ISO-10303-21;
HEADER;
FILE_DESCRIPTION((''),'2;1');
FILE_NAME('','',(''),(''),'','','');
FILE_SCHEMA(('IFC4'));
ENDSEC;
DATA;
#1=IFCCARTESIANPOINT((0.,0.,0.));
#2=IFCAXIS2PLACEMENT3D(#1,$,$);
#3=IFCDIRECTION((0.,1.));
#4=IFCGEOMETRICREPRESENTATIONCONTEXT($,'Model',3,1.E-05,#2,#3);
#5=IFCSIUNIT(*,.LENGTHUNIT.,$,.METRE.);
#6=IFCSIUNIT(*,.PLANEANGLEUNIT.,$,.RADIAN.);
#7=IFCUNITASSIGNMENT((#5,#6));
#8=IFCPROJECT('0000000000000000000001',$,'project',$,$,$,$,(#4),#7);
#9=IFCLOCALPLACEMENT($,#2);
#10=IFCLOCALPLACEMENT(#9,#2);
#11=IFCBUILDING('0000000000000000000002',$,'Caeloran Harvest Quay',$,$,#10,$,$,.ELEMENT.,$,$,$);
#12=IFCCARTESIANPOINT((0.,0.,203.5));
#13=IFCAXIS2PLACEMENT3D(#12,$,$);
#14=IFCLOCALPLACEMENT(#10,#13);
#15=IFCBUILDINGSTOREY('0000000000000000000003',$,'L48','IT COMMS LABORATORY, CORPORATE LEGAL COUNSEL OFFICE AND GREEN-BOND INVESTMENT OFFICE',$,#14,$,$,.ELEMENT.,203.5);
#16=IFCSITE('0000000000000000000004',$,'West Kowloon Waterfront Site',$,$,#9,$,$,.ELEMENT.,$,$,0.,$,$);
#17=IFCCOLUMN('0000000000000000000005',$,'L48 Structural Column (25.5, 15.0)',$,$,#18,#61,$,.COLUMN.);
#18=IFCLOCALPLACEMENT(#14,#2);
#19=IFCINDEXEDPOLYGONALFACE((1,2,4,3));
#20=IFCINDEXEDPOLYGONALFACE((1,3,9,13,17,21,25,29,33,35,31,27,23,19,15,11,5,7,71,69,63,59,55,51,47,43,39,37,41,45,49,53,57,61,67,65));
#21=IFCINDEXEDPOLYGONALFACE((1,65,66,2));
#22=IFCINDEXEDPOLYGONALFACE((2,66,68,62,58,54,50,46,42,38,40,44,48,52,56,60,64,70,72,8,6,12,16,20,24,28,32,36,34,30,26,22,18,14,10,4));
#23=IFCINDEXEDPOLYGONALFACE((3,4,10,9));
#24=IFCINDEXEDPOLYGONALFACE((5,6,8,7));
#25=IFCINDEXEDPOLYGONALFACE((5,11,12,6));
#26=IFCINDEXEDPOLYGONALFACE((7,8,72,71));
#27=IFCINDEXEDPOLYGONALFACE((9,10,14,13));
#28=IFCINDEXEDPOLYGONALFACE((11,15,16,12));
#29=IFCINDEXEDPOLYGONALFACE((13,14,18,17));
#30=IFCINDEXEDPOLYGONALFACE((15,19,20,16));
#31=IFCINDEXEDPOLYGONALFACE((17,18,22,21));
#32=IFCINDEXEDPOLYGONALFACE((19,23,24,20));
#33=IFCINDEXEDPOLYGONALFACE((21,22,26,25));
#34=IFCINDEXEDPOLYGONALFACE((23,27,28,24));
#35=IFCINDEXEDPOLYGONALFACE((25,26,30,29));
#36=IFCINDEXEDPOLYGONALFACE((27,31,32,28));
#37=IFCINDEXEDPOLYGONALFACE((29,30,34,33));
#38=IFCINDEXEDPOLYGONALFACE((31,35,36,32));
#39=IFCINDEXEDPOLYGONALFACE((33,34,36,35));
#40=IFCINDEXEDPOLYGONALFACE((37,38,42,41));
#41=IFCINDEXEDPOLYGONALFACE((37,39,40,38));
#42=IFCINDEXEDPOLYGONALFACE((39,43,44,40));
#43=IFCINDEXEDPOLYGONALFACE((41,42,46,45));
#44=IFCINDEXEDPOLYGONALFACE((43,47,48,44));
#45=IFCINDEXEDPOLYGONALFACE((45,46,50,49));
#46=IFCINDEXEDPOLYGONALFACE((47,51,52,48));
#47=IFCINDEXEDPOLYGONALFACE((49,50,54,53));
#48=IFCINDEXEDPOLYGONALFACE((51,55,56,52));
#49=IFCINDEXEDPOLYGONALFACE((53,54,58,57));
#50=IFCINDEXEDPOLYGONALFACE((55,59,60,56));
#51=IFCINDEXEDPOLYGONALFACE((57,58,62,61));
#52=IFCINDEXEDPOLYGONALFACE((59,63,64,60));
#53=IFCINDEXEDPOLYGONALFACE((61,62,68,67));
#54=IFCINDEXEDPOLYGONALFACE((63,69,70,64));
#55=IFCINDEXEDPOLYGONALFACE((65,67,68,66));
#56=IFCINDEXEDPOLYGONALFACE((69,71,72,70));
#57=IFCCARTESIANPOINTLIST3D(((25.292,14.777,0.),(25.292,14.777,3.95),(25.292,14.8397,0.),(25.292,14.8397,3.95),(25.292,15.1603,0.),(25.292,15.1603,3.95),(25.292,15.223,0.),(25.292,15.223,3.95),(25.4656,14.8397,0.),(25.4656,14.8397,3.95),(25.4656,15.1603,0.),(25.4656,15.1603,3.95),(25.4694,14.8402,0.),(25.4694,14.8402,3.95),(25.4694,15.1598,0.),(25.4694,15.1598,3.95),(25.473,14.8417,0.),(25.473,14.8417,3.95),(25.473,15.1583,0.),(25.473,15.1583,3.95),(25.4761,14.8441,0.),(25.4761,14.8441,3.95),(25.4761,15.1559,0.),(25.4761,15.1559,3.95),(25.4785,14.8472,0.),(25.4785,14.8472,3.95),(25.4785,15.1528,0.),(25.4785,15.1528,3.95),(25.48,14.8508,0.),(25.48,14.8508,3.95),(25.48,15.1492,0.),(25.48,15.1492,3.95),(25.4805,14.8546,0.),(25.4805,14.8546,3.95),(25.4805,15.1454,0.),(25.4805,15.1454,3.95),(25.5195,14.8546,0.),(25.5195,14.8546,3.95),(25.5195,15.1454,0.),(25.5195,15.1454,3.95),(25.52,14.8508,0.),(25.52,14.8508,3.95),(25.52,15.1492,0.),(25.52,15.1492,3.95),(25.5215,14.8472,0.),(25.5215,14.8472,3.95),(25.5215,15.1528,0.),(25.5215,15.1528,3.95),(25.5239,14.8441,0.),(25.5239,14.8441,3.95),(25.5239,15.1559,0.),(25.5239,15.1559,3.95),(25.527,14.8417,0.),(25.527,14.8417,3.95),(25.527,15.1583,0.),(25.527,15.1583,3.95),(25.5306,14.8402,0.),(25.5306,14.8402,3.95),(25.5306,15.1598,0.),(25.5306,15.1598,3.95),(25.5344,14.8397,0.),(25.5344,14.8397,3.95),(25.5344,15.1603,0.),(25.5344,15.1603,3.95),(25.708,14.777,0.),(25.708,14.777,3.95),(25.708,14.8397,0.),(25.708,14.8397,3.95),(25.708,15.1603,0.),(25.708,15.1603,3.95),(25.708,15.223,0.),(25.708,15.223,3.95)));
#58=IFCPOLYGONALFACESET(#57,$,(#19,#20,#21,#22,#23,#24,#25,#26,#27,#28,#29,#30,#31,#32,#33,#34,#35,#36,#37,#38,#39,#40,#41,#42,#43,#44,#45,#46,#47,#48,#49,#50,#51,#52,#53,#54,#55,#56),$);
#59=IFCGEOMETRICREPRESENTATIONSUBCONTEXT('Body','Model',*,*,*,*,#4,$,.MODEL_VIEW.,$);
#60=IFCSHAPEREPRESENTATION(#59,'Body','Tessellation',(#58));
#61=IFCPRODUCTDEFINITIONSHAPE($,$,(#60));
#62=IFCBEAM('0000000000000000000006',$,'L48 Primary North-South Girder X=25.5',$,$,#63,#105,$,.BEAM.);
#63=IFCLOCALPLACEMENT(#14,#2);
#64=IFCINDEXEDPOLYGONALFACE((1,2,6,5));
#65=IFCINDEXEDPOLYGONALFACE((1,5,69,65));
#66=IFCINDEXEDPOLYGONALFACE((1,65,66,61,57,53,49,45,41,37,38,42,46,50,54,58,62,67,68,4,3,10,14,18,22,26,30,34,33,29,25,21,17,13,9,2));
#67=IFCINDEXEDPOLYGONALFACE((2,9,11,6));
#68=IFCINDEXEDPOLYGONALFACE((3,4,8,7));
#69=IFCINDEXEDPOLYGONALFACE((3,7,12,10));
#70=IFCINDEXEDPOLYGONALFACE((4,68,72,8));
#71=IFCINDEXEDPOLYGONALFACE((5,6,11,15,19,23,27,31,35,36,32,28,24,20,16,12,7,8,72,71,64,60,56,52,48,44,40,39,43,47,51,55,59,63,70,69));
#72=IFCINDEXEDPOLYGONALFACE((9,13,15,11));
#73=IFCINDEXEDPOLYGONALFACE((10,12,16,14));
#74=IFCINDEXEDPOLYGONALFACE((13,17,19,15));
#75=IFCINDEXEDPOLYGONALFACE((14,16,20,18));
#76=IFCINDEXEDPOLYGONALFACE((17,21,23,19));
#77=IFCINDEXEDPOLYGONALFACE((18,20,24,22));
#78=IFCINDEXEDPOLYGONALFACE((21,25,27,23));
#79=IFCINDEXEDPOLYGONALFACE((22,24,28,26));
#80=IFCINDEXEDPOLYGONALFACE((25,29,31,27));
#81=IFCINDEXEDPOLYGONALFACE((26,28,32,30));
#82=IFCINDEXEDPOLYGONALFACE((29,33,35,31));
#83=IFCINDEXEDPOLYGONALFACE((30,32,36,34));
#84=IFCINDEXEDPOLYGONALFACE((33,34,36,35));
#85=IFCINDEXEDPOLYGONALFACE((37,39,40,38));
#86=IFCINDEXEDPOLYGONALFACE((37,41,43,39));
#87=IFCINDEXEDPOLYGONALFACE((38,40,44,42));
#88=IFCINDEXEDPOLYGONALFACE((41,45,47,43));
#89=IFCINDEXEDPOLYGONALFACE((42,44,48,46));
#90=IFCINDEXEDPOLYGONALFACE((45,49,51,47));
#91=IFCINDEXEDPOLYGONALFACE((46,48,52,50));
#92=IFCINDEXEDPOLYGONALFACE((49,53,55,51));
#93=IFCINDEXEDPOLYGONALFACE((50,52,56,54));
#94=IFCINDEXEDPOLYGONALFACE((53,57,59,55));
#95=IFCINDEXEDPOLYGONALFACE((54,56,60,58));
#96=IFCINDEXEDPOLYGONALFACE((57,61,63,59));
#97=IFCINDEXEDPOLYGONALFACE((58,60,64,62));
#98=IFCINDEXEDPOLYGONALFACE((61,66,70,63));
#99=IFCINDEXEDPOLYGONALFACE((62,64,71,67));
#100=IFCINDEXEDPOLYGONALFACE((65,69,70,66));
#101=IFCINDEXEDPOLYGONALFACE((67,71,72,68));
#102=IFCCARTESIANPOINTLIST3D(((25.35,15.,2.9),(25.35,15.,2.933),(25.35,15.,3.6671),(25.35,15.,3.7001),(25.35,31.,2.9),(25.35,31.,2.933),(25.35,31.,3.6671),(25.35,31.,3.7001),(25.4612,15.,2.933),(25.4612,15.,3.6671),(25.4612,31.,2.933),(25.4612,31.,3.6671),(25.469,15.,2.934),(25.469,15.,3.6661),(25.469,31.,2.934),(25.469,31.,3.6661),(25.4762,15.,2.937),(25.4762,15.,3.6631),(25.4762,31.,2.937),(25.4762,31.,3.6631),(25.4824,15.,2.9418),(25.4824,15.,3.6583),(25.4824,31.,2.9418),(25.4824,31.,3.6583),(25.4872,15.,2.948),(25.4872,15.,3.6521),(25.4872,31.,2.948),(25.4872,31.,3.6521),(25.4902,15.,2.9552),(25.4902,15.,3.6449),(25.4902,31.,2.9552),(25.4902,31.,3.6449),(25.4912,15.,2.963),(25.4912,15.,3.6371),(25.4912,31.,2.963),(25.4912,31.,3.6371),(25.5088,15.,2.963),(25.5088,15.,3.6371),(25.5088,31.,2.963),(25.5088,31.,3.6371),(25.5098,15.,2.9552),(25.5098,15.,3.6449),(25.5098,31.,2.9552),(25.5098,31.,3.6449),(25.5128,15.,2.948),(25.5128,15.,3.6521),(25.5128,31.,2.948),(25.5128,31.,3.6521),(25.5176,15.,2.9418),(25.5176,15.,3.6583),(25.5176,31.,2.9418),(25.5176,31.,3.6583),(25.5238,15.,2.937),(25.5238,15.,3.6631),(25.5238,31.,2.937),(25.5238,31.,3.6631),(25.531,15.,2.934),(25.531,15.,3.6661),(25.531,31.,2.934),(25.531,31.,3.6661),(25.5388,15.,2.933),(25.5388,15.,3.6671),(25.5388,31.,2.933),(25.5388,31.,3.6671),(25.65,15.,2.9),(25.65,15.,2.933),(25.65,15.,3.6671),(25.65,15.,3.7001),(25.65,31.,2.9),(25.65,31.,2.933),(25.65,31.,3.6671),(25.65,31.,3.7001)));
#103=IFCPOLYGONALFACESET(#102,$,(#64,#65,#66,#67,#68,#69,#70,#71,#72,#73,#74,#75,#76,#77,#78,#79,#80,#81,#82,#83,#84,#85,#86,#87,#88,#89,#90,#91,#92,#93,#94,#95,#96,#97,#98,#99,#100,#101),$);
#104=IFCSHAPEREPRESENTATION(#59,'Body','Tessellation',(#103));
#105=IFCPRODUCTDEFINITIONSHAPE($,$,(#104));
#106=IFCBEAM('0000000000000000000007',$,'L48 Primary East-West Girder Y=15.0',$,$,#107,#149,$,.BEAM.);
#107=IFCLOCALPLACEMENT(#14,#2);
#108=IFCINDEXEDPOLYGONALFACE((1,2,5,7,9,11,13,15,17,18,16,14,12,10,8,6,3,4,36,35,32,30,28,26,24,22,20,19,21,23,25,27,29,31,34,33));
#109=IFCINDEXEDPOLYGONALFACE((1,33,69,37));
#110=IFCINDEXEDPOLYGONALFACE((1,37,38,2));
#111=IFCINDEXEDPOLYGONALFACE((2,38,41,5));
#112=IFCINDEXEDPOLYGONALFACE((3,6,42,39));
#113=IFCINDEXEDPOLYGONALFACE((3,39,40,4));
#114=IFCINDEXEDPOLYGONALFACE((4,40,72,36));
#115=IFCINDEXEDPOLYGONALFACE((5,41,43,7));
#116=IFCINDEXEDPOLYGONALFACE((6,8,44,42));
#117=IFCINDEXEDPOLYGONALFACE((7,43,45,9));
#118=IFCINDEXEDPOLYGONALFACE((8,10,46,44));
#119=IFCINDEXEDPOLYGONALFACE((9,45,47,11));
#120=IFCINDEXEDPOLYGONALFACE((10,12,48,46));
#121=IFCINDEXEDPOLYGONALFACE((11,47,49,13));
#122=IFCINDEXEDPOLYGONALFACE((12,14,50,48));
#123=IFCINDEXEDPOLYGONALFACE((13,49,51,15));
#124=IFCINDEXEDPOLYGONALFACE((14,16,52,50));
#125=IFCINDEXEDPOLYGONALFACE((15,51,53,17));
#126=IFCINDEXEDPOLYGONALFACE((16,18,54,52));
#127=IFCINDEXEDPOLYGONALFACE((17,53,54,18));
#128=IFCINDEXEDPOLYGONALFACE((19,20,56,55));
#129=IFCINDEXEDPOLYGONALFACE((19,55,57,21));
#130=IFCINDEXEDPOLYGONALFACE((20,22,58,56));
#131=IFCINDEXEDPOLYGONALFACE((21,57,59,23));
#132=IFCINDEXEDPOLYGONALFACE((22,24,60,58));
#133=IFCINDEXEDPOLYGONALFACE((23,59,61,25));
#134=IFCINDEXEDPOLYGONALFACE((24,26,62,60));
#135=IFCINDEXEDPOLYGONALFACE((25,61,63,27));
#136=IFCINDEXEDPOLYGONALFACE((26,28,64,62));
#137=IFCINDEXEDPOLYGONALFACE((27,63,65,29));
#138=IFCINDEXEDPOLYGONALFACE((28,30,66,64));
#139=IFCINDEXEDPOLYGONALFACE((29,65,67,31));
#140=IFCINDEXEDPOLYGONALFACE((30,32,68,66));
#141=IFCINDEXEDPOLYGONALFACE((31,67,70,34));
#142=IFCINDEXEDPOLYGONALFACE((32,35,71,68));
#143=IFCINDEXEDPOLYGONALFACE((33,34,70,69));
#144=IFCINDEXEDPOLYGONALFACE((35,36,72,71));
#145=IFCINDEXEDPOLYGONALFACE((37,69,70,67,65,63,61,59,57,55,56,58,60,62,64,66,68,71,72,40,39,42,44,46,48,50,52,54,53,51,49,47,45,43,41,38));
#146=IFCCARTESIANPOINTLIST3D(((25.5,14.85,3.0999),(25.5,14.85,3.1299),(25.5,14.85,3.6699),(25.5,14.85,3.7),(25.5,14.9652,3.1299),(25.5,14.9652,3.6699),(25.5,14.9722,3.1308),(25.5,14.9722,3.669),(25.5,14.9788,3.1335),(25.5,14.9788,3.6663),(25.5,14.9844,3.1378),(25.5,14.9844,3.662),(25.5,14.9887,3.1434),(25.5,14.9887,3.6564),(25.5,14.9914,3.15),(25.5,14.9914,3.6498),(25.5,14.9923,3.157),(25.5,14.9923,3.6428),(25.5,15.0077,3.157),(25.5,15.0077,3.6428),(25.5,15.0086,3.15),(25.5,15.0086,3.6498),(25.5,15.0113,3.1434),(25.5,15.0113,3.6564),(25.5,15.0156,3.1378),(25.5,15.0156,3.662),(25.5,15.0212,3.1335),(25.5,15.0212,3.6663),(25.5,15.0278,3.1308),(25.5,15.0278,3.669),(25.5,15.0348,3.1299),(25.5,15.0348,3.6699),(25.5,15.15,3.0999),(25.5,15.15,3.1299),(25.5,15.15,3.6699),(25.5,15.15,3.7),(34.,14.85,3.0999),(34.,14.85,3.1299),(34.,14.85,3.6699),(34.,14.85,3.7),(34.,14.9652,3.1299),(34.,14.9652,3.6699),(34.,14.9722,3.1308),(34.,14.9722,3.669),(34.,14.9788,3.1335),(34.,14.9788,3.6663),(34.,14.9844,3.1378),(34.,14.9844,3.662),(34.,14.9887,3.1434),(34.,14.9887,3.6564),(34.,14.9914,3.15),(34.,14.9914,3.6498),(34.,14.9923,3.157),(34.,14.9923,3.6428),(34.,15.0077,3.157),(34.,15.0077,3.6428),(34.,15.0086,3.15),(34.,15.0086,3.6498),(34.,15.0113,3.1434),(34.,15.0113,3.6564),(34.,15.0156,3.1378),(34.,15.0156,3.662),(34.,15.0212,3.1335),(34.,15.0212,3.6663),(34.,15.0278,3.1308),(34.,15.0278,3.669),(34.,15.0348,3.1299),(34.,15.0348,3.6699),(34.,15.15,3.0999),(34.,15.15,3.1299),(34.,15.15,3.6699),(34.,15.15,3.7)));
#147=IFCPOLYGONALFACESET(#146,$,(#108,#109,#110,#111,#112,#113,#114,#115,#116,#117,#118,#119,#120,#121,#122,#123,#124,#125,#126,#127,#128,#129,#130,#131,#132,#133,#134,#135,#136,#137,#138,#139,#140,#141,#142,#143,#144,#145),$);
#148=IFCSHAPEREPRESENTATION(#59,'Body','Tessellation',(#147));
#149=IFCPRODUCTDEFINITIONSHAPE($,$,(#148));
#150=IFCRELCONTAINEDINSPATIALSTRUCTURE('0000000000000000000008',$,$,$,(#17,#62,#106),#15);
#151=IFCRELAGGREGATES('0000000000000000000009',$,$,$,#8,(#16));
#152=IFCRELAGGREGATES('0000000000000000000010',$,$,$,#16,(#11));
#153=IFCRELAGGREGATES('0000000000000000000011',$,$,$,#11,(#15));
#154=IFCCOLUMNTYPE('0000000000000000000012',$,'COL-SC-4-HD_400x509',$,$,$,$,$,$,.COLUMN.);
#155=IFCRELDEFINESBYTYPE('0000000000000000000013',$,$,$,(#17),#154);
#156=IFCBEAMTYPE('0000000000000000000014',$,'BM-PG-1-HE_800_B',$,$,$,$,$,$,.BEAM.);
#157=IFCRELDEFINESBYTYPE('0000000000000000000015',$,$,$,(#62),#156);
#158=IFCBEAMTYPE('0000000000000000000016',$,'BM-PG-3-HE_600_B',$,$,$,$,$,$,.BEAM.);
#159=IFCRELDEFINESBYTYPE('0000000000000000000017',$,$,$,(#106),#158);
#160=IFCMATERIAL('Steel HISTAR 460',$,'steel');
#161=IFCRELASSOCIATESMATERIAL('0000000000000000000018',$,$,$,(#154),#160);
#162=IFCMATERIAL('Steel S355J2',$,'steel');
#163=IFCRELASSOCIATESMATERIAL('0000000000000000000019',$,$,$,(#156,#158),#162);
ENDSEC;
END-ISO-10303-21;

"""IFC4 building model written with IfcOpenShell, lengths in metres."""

from ifc_helpers import new_model, si_unit, direction, frame, origin, origin_2d, place, context, subcontext, project, spatial, i_section, extrude, material, material_profile, profile_set, type_object, element, save


model = new_model("IFC4")

# Units and contexts
model_context = context("Model", 3, precision=1e-05, world=origin(), true_north=direction((0.0, 1.0)))
body_context = subcontext(model_context, "Body", "Model", "MODEL_VIEW")
ifc_project = project(units=[si_unit("LENGTHUNIT", "METRE"), si_unit("PLANEANGLEUNIT", "RADIAN")], contexts=[model_context])

# Site, building, storey
site_placement = place(None, origin())
site = spatial("IfcSite", under=ifc_project, at=site_placement, Name="West Kowloon Waterfront Site", CompositionType="ELEMENT", RefElevation=0.0)
building_placement = place(site_placement, origin())
building = spatial("IfcBuilding", under=site, at=building_placement, Name="Caeloran Harvest Quay", CompositionType="ELEMENT")
storey_placement = place(building_placement, frame((0.0, 0.0, 203.5)))
storey = spatial("IfcBuildingStorey", under=building, at=storey_placement, Name="L48", Description="IT COMMS LABORATORY, CORPORATE LEGAL COUNSEL OFFICE AND GREEN-BOND INVESTMENT OFFICE", CompositionType="ELEMENT", Elevation=203.5)

# Column
ifc_material_1 = material(Name="Steel HISTAR 460", Category="steel")
ifc_material_profile_1 = material_profile(ifc_material_1, i_section(OverallWidth=0.416, OverallDepth=0.446, WebThickness=0.0391, FlangeThickness=0.0627, FilletRadius=0.0149, at=origin_2d()), Name="HD 400x509")
ifc_profile_set_1 = profile_set([ifc_material_profile_1], Name="Steel HISTAR 460")
column_type = type_object("IfcColumnType", Name="COL-SC-4-HD_400x509", PredefinedType="COLUMN", material=ifc_profile_set_1)
column_placement = place(storey_placement, frame((25.5, 15.0, 0.0), z_axis=(0.0, 0.0, 1.0), x_axis=(1.0, 0.0, 0.0)))
element("IfcColumn", 1, at=column_placement, inside=storey, type_object=column_type, Name="L48 Structural Column (25.5, 15.0)", PredefinedType="COLUMN", context=body_context, shape_type="SweptSolid", body=[
    extrude(i_section(OverallWidth=0.416, OverallDepth=0.446, WebThickness=0.0391, FlangeThickness=0.0627, FilletRadius=0.0149, at=origin_2d()), origin(), (0.0, 0.0, 1.0), 3.95),
])

# Beams
ifc_material_2 = material(Name="Steel S355J2", Category="steel")
ifc_material_profile_2 = material_profile(ifc_material_2, i_section(OverallWidth=0.3, OverallDepth=0.8, WebThickness=0.0176, FlangeThickness=0.033, FilletRadius=0.03, at=origin_2d()), Name="HE 800 B")
ifc_profile_set_2 = profile_set([ifc_material_profile_2], Name="Steel S355J2")
beam_type_1 = type_object("IfcBeamType", Name="BM-PG-1-HE_800_B", PredefinedType="BEAM", material=ifc_profile_set_2)
beam_1_placement = place(storey_placement, frame((25.5, 15.0, 3.3), z_axis=(0.0, 1.0, 0.0), x_axis=(-1.0, 0.0, 0.0)))
element("IfcBeam", 2, at=beam_1_placement, inside=storey, type_object=beam_type_1, Name="L48 Primary North-South Girder X=25.5", PredefinedType="BEAM", context=body_context, shape_type="SweptSolid", body=[
    extrude(i_section(OverallWidth=0.3, OverallDepth=0.8, WebThickness=0.0176, FlangeThickness=0.033, FilletRadius=0.03, at=origin_2d()), origin(), (0.0, 0.0, 1.0), 16.0),
])
ifc_material_profile_3 = material_profile(ifc_material_2, i_section(OverallWidth=0.3, OverallDepth=0.6001, WebThickness=0.0154, FlangeThickness=0.03, FilletRadius=0.0271, at=origin_2d()), Name="HE 600 B")
ifc_profile_set_3 = profile_set([ifc_material_profile_3], Name="Steel S355J2")
beam_type_2 = type_object("IfcBeamType", Name="BM-PG-3-HE_600_B", PredefinedType="BEAM", material=ifc_profile_set_3)
beam_2_placement = place(storey_placement, frame((25.5, 15.0, 3.3999), z_axis=(1.0, 0.0, 0.0), x_axis=(0.0, 1.0, 0.0)))
element("IfcBeam", 3, at=beam_2_placement, inside=storey, type_object=beam_type_2, Name="L48 Primary East-West Girder Y=15.0", PredefinedType="BEAM", context=body_context, shape_type="SweptSolid", body=[
    extrude(i_section(OverallWidth=0.3, OverallDepth=0.6001, WebThickness=0.0154, FlangeThickness=0.03, FilletRadius=0.0271, at=origin_2d()), origin(), (0.0, 0.0, 1.0), 8.5),
])

save(model, "model.ifc")
